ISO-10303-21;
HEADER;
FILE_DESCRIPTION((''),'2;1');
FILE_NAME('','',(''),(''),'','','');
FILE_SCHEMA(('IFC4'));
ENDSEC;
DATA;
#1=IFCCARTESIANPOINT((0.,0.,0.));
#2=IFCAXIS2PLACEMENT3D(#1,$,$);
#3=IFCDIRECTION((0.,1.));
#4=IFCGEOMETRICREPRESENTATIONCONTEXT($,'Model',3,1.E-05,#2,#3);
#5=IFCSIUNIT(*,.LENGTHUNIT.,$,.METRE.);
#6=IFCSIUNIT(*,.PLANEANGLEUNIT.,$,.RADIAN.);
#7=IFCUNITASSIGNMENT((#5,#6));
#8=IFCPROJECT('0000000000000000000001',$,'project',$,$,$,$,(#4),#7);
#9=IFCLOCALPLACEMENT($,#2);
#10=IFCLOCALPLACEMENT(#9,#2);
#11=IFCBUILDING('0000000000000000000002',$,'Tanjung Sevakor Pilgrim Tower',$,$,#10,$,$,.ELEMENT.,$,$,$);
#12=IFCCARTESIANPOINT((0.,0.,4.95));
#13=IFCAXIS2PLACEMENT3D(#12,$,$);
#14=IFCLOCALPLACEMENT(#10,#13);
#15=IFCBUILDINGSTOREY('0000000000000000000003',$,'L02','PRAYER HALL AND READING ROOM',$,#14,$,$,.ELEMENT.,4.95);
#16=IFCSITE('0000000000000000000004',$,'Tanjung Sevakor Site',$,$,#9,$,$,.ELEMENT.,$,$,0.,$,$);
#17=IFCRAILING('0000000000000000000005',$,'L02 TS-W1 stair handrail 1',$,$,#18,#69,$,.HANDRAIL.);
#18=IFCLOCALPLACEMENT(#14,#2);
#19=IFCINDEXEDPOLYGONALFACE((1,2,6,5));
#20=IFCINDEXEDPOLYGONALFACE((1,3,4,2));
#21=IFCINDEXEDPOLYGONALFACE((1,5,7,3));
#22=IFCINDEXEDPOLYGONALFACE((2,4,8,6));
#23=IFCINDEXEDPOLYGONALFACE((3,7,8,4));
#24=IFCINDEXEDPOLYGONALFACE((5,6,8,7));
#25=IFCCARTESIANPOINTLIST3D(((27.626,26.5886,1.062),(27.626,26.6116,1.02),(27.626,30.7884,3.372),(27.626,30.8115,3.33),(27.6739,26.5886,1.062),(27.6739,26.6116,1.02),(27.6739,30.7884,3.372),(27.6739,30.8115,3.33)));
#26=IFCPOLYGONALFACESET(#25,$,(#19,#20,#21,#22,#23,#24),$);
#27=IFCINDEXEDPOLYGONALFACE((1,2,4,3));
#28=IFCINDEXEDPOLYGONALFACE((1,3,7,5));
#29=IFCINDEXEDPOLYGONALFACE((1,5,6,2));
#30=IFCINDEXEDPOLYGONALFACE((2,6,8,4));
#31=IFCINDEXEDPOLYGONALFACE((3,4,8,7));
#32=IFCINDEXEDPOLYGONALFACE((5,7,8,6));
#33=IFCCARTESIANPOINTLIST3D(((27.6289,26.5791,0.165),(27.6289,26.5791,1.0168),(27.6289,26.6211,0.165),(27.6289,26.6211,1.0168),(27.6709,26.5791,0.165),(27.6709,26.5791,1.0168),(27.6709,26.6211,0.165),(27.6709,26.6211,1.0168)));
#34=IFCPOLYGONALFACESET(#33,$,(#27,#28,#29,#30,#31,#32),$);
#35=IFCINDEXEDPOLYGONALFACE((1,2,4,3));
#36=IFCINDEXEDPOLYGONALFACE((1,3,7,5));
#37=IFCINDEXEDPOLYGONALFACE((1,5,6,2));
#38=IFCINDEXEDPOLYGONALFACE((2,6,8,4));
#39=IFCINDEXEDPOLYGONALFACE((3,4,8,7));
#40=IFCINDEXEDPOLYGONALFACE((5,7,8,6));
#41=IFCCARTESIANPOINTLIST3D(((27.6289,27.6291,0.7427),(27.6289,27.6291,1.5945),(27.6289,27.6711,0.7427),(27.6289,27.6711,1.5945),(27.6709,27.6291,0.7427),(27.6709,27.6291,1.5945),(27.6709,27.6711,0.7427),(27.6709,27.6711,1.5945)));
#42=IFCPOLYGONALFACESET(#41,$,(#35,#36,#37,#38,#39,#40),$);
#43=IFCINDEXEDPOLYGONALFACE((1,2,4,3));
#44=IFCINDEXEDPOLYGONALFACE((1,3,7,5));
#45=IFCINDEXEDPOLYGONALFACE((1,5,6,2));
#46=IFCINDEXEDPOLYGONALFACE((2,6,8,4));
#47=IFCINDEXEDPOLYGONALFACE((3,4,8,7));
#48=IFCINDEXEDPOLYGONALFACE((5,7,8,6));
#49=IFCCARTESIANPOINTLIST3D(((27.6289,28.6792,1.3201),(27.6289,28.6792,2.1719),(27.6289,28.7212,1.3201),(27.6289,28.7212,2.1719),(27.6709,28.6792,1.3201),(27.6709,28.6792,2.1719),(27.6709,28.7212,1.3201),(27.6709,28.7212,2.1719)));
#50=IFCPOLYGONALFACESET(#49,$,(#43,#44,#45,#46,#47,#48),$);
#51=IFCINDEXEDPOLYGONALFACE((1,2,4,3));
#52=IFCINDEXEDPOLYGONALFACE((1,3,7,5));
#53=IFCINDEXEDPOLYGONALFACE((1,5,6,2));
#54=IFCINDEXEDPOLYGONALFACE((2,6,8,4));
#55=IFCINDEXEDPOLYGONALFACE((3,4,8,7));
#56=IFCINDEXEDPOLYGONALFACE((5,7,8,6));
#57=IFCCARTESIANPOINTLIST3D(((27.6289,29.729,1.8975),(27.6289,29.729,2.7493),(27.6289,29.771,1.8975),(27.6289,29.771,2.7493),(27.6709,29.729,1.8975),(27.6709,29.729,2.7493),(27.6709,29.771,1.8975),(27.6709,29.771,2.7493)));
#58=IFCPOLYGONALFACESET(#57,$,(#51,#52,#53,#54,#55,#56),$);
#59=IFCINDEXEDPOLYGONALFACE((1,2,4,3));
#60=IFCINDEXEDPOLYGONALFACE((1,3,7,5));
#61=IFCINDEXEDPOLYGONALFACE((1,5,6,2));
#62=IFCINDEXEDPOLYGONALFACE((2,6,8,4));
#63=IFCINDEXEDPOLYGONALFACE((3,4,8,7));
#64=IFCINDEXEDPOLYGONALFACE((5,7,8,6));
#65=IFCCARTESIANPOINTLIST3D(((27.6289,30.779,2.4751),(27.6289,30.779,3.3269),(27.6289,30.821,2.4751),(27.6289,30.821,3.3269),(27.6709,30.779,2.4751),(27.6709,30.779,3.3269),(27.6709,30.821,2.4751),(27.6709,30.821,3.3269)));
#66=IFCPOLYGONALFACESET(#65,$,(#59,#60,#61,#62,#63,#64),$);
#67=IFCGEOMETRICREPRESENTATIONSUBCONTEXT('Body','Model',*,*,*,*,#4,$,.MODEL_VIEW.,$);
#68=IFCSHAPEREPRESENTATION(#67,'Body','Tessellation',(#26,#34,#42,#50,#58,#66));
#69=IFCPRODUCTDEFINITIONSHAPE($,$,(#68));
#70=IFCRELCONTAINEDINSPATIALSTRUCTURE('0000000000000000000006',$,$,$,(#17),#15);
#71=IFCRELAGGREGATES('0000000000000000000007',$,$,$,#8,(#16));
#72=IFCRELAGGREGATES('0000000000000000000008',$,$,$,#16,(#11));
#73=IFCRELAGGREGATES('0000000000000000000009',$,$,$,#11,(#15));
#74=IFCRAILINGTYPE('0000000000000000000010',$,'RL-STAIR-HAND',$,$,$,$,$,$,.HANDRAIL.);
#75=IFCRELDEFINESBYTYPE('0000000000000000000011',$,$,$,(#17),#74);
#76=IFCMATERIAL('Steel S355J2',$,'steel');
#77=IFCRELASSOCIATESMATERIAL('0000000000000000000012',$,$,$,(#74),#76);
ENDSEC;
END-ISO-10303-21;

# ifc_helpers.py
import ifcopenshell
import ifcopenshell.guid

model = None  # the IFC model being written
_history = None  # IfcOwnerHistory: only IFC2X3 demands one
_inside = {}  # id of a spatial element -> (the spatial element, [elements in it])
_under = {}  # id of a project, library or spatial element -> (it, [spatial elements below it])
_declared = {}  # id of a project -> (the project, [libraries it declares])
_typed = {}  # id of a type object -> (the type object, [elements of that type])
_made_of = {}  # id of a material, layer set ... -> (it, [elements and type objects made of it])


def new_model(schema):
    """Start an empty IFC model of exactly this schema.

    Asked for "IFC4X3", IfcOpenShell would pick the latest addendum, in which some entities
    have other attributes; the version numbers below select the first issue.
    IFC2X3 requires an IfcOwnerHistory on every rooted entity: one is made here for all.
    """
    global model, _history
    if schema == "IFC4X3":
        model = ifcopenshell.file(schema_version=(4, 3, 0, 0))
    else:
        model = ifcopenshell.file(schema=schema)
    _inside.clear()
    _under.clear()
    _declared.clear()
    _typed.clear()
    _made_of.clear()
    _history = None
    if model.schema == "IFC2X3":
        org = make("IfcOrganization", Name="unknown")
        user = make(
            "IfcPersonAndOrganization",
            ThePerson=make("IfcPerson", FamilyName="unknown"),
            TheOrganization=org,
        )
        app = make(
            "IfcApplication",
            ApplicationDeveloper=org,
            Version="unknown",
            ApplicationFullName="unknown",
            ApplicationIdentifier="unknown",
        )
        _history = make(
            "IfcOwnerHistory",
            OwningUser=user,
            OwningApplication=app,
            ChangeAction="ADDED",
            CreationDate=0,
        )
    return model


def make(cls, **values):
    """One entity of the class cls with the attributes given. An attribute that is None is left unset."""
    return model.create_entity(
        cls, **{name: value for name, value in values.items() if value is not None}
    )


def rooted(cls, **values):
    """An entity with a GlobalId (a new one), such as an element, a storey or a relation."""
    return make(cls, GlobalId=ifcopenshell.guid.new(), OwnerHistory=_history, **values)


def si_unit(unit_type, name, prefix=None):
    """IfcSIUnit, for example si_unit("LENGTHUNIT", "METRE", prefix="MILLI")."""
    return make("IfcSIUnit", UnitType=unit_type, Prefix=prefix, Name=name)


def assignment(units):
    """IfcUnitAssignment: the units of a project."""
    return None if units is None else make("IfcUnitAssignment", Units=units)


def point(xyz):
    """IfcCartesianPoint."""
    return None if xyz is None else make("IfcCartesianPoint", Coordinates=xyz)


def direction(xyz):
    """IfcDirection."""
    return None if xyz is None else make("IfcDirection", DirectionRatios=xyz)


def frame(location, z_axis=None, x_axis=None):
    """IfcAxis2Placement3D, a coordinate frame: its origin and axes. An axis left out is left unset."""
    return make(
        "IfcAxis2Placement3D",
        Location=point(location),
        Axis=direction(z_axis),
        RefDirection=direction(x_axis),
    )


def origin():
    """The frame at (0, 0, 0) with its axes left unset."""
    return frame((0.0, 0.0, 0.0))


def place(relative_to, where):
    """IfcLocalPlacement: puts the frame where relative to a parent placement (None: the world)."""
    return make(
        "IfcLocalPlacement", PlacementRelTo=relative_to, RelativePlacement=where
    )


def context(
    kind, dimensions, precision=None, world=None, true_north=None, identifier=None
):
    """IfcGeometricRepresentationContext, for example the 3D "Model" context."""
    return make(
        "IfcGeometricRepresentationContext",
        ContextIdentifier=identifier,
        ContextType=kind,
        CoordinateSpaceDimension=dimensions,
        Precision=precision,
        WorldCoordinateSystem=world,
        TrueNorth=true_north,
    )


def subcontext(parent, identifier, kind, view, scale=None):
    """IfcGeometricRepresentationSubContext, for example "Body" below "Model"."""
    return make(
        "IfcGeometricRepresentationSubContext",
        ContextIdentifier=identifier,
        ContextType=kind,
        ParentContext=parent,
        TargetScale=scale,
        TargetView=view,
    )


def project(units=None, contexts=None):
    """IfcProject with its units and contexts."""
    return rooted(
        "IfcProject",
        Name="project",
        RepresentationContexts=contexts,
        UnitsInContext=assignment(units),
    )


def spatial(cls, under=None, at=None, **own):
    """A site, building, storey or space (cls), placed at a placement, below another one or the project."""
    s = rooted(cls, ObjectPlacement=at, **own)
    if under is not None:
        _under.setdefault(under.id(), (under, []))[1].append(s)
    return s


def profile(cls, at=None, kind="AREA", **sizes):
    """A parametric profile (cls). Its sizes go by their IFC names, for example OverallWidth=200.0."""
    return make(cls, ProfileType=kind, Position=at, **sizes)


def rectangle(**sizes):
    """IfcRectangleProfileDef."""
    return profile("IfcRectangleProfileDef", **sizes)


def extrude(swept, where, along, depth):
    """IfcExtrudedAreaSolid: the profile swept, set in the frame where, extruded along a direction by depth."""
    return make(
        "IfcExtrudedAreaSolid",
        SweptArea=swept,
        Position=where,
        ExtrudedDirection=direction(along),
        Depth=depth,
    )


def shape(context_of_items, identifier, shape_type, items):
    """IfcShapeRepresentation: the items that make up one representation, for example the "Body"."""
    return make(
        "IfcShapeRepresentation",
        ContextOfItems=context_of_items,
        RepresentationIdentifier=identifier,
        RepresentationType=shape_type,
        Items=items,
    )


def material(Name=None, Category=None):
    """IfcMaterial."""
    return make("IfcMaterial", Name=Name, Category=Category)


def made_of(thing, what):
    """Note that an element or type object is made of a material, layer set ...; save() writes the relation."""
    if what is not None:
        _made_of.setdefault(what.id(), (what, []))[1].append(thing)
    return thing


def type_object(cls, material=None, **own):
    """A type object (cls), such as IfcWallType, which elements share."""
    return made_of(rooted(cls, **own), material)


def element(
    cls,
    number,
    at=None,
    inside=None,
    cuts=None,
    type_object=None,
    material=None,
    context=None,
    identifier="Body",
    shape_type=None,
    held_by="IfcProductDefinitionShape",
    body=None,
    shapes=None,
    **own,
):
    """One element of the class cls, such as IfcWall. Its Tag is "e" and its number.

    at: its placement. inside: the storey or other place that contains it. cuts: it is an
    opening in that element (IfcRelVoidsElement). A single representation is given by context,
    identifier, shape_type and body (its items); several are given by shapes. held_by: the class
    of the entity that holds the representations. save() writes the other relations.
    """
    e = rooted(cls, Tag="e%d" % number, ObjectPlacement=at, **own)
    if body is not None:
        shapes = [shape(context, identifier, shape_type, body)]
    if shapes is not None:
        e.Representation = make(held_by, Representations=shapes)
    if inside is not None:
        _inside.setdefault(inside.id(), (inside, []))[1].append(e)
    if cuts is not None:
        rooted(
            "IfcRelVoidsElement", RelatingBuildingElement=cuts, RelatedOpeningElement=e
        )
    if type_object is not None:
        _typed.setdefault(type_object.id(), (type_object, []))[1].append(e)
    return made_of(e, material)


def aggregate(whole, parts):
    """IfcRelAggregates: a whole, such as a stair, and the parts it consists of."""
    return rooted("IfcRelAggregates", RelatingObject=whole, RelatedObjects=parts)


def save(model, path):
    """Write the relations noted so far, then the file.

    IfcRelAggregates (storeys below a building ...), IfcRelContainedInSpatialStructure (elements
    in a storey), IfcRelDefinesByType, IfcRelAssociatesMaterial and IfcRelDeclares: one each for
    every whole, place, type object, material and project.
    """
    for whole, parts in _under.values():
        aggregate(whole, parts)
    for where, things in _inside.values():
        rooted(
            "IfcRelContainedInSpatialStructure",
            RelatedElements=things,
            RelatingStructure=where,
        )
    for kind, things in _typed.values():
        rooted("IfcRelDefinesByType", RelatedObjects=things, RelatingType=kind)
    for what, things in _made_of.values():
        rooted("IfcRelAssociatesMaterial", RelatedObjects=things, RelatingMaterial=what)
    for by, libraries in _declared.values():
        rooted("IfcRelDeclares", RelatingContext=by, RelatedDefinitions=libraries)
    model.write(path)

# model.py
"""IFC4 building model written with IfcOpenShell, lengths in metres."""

from ifc_helpers import new_model, si_unit, direction, frame, origin, place, context, subcontext, project, spatial, rectangle, extrude, material, type_object, element, save


model = new_model("IFC4")

# Units and contexts
model_context = context("Model", 3, precision=1e-05, world=origin(), true_north=direction((0.0, 1.0)))
body_context = subcontext(model_context, "Body", "Model", "MODEL_VIEW")
ifc_project = project(units=[si_unit("LENGTHUNIT", "METRE"), si_unit("PLANEANGLEUNIT", "RADIAN")], contexts=[model_context])

# Site, building, storey
site_placement = place(None, origin())
site = spatial("IfcSite", under=ifc_project, at=site_placement, Name="Tanjung Sevakor Site", CompositionType="ELEMENT", RefElevation=0.0)
building_placement = place(site_placement, origin())
building = spatial("IfcBuilding", under=site, at=building_placement, Name="Tanjung Sevakor Pilgrim Tower", CompositionType="ELEMENT")
storey_placement = place(building_placement, frame((0.0, 0.0, 4.95)))
storey = spatial("IfcBuildingStorey", under=building, at=storey_placement, Name="L02", Description="PRAYER HALL AND READING ROOM", CompositionType="ELEMENT", Elevation=4.95)

# Railing
ifc_material_1 = material(Name="Steel S355J2", Category="steel")
railing_type_1 = type_object("IfcRailingType", Name="RL-STAIR-HAND", PredefinedType="HANDRAIL", material=ifc_material_1)
railing_1_placement = place(storey_placement, frame((27.6499, 26.6001, 0.165)))
element("IfcRailing", 1, at=railing_1_placement, inside=storey, type_object=railing_type_1, Name="L02 TS-W1 stair handrail 1", PredefinedType="HANDRAIL", context=body_context, shape_type="SweptSolid", body=[
    extrude(rectangle(XDim=0.0479, YDim=0.0479), frame((0.0, 0.0, 0.876), z_axis=(0.0, 0.876208, 0.481932), x_axis=(-1.0, 0.0, 0.0)), (0.0, 0.0, 1.0), 4.7932),
    extrude(rectangle(XDim=0.042, YDim=0.042), origin(), (0.0, 0.0, 1.0), 0.8518),
    extrude(rectangle(XDim=0.042, YDim=0.042), frame((0.0, 1.05, 0.5776)), (0.0, 0.0, 1.0), 0.8518),
    extrude(rectangle(XDim=0.042, YDim=0.042), frame((0.0, 2.1001, 1.155)), (0.0, 0.0, 1.0), 0.8518),
    extrude(rectangle(XDim=0.042, YDim=0.042), frame((0.0, 3.1499, 1.7324)), (0.0, 0.0, 1.0), 0.8518),
    extrude(rectangle(XDim=0.042, YDim=0.042), frame((0.0, 4.2, 2.3101)), (0.0, 0.0, 1.0), 0.8518),
])

save(model, "model.ifc")
